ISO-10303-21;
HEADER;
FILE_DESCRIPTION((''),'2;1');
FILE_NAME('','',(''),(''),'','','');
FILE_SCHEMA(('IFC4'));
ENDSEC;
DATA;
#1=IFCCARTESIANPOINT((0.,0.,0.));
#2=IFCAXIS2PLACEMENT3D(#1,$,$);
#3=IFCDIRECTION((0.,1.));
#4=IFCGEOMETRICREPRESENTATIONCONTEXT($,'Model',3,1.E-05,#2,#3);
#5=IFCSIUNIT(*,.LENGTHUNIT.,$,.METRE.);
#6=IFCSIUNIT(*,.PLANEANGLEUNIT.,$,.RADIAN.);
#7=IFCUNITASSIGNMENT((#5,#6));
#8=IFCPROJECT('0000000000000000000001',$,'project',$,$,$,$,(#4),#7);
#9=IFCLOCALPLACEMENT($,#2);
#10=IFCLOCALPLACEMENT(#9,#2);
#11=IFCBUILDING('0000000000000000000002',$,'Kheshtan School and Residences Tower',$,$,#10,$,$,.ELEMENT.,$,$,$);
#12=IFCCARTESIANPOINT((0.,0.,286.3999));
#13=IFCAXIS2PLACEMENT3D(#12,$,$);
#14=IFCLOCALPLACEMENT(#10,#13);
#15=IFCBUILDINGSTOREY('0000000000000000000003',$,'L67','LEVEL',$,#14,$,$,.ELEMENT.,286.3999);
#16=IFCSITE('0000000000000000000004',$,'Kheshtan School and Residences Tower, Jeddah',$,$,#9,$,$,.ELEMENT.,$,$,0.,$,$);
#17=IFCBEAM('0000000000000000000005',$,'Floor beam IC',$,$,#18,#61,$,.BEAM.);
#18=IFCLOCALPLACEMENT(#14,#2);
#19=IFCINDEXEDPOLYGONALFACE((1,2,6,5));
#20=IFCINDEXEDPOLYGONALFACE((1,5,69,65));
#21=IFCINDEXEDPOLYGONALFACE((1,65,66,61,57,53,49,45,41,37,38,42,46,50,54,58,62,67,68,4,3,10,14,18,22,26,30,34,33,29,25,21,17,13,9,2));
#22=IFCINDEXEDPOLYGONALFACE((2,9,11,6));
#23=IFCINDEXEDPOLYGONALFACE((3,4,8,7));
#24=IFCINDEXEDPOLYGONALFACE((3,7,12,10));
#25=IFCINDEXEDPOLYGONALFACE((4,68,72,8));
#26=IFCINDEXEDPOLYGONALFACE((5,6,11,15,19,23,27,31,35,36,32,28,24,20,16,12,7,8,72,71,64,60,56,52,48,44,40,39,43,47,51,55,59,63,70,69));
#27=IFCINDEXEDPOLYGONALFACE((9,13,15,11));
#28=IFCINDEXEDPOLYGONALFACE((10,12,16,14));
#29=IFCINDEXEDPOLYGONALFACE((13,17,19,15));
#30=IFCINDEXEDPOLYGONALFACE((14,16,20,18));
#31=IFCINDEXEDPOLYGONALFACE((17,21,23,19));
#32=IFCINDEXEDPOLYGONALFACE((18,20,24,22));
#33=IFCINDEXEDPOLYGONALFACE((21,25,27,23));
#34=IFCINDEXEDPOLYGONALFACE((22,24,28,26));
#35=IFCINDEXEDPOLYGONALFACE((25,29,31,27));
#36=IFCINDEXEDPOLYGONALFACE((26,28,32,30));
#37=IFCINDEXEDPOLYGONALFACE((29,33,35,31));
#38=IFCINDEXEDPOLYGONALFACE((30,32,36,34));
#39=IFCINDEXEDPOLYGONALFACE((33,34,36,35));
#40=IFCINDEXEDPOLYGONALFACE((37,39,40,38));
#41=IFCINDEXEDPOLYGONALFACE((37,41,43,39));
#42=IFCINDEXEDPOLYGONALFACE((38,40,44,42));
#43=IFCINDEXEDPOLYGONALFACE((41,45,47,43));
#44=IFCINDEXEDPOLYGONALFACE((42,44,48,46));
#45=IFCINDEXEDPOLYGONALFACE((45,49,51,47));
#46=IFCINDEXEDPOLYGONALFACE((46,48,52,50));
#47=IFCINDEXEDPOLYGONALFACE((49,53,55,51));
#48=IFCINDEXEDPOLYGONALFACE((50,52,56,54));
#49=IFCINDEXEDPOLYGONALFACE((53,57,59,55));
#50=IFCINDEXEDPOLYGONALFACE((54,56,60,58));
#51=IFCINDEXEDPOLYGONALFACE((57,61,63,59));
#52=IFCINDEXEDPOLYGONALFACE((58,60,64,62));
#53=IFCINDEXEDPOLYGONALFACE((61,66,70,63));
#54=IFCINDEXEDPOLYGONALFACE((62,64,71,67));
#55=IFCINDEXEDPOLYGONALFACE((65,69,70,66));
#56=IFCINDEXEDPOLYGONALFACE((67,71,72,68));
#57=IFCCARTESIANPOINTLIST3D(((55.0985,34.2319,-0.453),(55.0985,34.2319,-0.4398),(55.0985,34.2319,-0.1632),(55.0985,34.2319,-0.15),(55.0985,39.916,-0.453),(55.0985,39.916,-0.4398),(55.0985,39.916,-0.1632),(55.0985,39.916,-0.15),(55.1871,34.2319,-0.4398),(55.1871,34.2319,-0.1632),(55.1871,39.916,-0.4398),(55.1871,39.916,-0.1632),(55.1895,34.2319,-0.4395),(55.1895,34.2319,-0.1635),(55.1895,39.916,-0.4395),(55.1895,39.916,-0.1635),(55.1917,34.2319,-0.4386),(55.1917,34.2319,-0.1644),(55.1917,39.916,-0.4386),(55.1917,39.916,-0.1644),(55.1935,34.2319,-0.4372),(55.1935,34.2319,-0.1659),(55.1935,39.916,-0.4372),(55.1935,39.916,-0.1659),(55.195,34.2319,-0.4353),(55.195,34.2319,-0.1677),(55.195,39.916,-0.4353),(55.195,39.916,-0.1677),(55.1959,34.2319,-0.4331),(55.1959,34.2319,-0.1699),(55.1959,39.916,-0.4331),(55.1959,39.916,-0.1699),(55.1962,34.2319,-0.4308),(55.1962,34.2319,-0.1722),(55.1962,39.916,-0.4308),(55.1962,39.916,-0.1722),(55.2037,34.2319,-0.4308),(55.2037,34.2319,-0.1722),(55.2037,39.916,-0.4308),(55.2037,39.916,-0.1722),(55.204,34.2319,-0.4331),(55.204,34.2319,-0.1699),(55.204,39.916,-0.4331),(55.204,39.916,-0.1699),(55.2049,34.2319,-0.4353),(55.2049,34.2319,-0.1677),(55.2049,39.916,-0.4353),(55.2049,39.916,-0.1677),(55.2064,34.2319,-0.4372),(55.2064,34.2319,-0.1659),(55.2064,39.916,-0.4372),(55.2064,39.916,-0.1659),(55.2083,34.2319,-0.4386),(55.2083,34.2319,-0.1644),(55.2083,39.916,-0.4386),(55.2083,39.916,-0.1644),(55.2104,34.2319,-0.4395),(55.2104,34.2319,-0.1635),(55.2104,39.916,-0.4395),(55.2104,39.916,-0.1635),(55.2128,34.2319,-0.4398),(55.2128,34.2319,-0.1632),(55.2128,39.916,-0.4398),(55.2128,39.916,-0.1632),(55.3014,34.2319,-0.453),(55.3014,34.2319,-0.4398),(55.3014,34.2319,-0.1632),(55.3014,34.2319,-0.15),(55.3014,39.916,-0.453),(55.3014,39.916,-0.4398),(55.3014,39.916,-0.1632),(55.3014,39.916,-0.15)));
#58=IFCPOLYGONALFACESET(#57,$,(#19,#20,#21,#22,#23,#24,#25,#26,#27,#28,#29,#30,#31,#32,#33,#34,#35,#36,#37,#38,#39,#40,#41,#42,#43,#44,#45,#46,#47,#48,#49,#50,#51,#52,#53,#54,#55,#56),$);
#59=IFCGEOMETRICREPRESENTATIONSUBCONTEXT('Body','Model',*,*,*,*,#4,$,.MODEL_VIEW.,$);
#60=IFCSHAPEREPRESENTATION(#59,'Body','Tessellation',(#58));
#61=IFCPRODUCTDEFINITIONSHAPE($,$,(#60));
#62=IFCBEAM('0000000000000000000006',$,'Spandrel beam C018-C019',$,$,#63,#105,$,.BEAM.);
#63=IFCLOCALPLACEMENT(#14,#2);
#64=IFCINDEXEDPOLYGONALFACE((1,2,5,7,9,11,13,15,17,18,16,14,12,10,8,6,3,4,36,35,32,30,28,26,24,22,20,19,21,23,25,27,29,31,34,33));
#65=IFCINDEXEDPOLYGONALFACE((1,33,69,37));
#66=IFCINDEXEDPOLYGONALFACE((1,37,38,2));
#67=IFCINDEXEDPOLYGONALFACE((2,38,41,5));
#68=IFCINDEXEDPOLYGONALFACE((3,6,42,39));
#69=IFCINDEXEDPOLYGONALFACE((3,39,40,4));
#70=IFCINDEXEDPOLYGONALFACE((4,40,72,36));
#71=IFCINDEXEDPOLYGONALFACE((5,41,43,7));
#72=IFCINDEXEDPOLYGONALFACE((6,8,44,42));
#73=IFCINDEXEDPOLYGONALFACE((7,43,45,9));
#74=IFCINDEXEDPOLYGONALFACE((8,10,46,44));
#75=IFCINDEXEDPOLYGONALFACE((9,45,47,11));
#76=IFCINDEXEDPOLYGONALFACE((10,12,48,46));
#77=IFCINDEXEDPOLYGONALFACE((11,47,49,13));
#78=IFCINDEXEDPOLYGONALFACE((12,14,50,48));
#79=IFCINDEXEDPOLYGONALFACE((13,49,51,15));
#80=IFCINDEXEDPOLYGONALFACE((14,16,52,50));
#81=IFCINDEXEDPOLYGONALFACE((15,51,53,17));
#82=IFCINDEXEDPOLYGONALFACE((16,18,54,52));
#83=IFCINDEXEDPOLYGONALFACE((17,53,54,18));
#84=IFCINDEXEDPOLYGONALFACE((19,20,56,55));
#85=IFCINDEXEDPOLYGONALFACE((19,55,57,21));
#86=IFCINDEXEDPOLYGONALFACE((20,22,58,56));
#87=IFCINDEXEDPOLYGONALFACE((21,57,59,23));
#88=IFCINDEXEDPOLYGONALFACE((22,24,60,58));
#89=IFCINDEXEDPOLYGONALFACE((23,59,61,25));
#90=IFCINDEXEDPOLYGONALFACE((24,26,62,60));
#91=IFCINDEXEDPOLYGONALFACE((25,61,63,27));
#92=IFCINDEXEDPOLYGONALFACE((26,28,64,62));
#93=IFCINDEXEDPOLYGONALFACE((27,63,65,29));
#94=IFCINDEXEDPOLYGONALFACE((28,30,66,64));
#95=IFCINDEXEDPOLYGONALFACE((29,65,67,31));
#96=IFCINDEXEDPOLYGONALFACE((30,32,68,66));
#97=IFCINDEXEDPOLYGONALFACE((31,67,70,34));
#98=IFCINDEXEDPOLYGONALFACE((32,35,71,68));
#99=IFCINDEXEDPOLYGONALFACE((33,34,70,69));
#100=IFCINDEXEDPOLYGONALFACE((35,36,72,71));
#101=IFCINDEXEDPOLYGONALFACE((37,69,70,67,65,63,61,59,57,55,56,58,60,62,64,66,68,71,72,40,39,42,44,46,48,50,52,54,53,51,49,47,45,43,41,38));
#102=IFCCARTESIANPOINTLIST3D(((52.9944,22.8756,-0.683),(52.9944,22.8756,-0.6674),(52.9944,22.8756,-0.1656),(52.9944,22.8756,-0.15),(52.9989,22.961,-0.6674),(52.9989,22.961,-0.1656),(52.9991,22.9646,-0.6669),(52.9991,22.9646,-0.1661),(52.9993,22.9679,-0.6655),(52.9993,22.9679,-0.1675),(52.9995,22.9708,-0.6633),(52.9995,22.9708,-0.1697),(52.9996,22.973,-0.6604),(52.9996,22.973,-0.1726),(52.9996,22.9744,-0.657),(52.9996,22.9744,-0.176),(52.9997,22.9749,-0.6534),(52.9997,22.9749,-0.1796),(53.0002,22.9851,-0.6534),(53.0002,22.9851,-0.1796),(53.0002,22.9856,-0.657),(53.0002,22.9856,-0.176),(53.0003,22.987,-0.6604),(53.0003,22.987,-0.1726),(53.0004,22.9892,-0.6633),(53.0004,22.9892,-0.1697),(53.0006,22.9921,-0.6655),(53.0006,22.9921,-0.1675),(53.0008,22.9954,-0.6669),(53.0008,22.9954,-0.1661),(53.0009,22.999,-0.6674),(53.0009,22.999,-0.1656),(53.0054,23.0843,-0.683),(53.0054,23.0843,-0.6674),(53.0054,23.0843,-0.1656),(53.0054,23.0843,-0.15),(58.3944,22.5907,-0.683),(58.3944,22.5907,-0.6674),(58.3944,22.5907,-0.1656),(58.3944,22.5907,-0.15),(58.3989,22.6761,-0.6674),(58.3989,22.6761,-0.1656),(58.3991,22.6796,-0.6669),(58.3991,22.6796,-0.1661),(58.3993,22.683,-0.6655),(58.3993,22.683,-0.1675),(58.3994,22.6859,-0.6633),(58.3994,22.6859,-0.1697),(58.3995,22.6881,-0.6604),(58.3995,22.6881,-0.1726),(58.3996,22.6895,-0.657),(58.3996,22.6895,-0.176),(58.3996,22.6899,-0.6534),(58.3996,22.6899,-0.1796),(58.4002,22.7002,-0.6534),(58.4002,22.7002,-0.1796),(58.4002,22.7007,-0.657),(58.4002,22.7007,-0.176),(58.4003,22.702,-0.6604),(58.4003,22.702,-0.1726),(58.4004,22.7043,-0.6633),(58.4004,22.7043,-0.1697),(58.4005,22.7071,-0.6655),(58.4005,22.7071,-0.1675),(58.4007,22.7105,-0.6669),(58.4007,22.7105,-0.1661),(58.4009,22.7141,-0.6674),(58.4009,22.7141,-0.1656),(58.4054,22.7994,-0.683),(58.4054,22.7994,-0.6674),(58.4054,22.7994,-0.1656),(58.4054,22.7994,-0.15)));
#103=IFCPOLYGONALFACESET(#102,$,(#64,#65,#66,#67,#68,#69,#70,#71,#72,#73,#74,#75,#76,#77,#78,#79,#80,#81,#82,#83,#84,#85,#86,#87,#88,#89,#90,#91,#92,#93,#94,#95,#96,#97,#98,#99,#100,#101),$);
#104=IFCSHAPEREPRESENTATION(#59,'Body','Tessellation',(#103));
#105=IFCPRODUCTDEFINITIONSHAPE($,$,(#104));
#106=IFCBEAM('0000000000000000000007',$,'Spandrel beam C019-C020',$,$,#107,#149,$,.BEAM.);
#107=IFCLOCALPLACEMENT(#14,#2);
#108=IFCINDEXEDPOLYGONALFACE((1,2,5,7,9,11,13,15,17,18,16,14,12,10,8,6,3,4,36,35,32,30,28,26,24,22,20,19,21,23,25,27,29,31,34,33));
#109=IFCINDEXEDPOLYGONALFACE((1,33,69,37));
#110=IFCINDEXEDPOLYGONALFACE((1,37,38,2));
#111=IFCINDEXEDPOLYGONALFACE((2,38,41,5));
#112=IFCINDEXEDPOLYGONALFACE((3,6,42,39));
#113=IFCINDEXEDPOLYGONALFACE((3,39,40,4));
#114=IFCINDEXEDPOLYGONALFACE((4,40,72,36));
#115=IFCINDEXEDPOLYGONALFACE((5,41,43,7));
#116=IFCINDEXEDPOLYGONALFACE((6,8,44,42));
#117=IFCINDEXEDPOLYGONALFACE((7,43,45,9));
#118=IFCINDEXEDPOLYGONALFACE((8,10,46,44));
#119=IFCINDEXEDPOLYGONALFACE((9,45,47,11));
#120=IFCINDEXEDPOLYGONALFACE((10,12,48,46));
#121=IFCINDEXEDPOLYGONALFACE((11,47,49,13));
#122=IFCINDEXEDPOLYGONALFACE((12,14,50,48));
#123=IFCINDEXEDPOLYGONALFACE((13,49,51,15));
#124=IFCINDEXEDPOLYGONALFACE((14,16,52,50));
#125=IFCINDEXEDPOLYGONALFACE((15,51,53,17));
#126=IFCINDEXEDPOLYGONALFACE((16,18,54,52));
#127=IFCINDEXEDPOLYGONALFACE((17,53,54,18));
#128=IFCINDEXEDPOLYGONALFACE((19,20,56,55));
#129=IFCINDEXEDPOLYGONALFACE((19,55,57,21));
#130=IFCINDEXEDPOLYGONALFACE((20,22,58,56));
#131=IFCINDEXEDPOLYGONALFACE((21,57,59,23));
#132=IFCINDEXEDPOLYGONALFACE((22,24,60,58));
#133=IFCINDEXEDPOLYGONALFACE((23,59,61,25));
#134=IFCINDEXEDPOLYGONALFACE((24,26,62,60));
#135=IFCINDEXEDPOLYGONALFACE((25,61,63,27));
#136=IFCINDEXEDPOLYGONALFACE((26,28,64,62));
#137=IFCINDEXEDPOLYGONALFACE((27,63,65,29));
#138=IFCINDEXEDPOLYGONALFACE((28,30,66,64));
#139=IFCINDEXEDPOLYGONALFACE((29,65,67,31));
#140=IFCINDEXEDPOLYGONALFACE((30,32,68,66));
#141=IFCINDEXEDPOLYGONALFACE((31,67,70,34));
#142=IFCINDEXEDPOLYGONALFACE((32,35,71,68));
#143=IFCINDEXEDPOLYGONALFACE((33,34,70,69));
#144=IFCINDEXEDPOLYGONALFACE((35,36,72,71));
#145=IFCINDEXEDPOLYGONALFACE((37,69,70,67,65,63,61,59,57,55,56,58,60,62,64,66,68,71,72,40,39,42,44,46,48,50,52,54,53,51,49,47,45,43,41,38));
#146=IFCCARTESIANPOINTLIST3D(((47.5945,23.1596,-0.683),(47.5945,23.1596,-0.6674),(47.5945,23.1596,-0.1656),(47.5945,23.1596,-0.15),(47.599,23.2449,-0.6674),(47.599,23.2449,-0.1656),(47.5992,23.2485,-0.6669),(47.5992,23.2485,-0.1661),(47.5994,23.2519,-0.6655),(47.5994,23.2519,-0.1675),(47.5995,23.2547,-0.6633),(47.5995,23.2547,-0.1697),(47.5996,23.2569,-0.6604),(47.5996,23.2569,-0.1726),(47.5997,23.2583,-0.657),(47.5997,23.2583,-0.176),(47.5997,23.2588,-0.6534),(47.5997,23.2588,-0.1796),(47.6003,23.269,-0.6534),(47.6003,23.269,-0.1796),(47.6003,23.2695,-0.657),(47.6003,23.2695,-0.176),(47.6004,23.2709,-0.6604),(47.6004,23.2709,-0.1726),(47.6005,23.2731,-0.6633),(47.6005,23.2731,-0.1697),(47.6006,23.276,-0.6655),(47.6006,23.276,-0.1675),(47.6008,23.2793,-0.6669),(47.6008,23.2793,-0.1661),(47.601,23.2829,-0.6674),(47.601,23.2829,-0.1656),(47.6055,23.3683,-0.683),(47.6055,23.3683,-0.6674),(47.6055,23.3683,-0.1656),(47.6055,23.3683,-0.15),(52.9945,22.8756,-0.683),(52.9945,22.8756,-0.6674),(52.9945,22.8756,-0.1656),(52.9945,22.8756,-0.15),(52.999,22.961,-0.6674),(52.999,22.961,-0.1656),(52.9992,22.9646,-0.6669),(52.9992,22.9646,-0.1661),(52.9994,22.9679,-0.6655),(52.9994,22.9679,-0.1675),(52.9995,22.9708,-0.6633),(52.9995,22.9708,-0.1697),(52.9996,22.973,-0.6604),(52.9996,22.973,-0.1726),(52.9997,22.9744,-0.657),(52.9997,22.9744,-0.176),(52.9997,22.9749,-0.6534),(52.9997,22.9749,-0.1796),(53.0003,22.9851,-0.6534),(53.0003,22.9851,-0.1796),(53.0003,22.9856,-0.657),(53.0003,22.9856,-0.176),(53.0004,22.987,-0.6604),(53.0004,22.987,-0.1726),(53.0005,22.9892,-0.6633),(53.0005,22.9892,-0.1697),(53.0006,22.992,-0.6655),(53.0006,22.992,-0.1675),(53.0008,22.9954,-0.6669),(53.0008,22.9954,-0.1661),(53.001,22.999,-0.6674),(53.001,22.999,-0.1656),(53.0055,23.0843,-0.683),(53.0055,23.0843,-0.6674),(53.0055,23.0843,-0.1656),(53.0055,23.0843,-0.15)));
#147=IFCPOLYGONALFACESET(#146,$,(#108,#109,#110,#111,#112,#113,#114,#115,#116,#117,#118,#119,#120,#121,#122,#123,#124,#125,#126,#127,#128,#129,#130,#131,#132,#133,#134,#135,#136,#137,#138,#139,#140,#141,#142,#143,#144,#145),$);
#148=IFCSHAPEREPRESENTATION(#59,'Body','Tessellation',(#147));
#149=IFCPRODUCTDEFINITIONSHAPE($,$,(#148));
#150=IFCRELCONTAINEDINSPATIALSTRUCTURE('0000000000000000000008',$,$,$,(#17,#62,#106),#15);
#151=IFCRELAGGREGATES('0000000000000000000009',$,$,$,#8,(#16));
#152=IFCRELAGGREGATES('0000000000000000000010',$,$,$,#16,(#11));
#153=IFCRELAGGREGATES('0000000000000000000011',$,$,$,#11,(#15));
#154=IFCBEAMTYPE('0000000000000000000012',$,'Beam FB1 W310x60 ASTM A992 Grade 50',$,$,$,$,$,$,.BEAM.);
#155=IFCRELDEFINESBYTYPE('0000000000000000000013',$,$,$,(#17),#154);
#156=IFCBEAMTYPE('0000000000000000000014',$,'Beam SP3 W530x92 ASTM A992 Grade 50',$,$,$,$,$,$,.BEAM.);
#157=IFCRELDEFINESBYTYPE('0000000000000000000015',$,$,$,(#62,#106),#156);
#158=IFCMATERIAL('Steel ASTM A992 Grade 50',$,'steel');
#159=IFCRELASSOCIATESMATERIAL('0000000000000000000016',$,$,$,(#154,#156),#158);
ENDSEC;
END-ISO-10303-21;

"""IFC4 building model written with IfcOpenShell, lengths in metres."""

from ifc_helpers import new_model, si_unit, direction, frame, origin, origin_2d, place, context, subcontext, project, spatial, i_section, extrude, material, material_profile, profile_set, type_object, element, save


model = new_model("IFC4")

# Units and contexts
model_context = context("Model", 3, precision=1e-05, world=origin(), true_north=direction((0.0, 1.0)))
body_context = subcontext(model_context, "Body", "Model", "MODEL_VIEW")
ifc_project = project(units=[si_unit("LENGTHUNIT", "METRE"), si_unit("PLANEANGLEUNIT", "RADIAN")], contexts=[model_context])

# Site, building, storey
site_placement = place(None, origin())
site = spatial("IfcSite", under=ifc_project, at=site_placement, Name="Kheshtan School and Residences Tower, Jeddah", CompositionType="ELEMENT", RefElevation=0.0)
building_placement = place(site_placement, origin())
building = spatial("IfcBuilding", under=site, at=building_placement, Name="Kheshtan School and Residences Tower", CompositionType="ELEMENT")
storey_placement = place(building_placement, frame((0.0, 0.0, 286.3999)))
storey = spatial("IfcBuildingStorey", under=building, at=storey_placement, Name="L67", Description="LEVEL", CompositionType="ELEMENT", Elevation=286.3999)

# Shared definitions
ifc_material_1 = material(Name="Steel ASTM A992 Grade 50", Category="steel")

# Beams
ifc_material_profile_1 = material_profile(ifc_material_1, i_section(OverallWidth=0.2029, OverallDepth=0.303, WebThickness=0.0076, FlangeThickness=0.0132, FilletRadius=0.009, at=origin_2d()), Name="W310x60")
ifc_profile_set_1 = profile_set([ifc_material_profile_1], Name="Steel ASTM A992 Grade 50")
beam_type_1 = type_object("IfcBeamType", Name="Beam FB1 W310x60 ASTM A992 Grade 50", PredefinedType="BEAM", material=ifc_profile_set_1)
beam_placement = place(storey_placement, frame((55.2, 34.2319, -0.3015), z_axis=(0.0, 1.0, 0.0), x_axis=(-1.0, 0.0, 0.0)))
element("IfcBeam", 1, at=beam_placement, inside=storey, type_object=beam_type_1, Name="Floor beam IC", PredefinedType="BEAM", context=body_context, shape_type="SweptSolid", body=[
    extrude(i_section(OverallWidth=0.2029, OverallDepth=0.303, WebThickness=0.0076, FlangeThickness=0.0132, FilletRadius=0.009, at=origin_2d()), origin(), (0.0, 0.0, 1.0), 5.6841),
])
ifc_material_profile_2 = material_profile(ifc_material_1, i_section(OverallWidth=0.209, OverallDepth=0.533, WebThickness=0.0103, FlangeThickness=0.0156, FilletRadius=0.0139, at=origin_2d()), Name="W530x92")
ifc_profile_set_2 = profile_set([ifc_material_profile_2], Name="Steel ASTM A992 Grade 50")
beam_type_2 = type_object("IfcBeamType", Name="Beam SP3 W530x92 ASTM A992 Grade 50", PredefinedType="BEAM", material=ifc_profile_set_2)
for number, where, z_axis, x_axis, name in (
    (2, (58.3999, 22.6951, -0.4165), (-0.998611, 0.052689, 0.0), (-0.052689, -0.998611, 0.0), "Spandrel beam C018-C019"),
    (3, (53.0, 22.98, -0.4165), (-0.99862, 0.052509, 0.0), (-0.052509, -0.99862, 0.0), "Spandrel beam C019-C020"),
):
    element("IfcBeam", number, at=place(storey_placement, frame(where, z_axis=z_axis, x_axis=x_axis)), inside=storey, type_object=beam_type_2, Name=name, PredefinedType="BEAM", context=body_context, shape_type="SweptSolid", body=[
        extrude(i_section(OverallWidth=0.209, OverallDepth=0.533, WebThickness=0.0103, FlangeThickness=0.0156, FilletRadius=0.0139, at=origin_2d()), origin(), (0.0, 0.0, 1.0), 5.4075),
    ])

save(model, "model.ifc")
